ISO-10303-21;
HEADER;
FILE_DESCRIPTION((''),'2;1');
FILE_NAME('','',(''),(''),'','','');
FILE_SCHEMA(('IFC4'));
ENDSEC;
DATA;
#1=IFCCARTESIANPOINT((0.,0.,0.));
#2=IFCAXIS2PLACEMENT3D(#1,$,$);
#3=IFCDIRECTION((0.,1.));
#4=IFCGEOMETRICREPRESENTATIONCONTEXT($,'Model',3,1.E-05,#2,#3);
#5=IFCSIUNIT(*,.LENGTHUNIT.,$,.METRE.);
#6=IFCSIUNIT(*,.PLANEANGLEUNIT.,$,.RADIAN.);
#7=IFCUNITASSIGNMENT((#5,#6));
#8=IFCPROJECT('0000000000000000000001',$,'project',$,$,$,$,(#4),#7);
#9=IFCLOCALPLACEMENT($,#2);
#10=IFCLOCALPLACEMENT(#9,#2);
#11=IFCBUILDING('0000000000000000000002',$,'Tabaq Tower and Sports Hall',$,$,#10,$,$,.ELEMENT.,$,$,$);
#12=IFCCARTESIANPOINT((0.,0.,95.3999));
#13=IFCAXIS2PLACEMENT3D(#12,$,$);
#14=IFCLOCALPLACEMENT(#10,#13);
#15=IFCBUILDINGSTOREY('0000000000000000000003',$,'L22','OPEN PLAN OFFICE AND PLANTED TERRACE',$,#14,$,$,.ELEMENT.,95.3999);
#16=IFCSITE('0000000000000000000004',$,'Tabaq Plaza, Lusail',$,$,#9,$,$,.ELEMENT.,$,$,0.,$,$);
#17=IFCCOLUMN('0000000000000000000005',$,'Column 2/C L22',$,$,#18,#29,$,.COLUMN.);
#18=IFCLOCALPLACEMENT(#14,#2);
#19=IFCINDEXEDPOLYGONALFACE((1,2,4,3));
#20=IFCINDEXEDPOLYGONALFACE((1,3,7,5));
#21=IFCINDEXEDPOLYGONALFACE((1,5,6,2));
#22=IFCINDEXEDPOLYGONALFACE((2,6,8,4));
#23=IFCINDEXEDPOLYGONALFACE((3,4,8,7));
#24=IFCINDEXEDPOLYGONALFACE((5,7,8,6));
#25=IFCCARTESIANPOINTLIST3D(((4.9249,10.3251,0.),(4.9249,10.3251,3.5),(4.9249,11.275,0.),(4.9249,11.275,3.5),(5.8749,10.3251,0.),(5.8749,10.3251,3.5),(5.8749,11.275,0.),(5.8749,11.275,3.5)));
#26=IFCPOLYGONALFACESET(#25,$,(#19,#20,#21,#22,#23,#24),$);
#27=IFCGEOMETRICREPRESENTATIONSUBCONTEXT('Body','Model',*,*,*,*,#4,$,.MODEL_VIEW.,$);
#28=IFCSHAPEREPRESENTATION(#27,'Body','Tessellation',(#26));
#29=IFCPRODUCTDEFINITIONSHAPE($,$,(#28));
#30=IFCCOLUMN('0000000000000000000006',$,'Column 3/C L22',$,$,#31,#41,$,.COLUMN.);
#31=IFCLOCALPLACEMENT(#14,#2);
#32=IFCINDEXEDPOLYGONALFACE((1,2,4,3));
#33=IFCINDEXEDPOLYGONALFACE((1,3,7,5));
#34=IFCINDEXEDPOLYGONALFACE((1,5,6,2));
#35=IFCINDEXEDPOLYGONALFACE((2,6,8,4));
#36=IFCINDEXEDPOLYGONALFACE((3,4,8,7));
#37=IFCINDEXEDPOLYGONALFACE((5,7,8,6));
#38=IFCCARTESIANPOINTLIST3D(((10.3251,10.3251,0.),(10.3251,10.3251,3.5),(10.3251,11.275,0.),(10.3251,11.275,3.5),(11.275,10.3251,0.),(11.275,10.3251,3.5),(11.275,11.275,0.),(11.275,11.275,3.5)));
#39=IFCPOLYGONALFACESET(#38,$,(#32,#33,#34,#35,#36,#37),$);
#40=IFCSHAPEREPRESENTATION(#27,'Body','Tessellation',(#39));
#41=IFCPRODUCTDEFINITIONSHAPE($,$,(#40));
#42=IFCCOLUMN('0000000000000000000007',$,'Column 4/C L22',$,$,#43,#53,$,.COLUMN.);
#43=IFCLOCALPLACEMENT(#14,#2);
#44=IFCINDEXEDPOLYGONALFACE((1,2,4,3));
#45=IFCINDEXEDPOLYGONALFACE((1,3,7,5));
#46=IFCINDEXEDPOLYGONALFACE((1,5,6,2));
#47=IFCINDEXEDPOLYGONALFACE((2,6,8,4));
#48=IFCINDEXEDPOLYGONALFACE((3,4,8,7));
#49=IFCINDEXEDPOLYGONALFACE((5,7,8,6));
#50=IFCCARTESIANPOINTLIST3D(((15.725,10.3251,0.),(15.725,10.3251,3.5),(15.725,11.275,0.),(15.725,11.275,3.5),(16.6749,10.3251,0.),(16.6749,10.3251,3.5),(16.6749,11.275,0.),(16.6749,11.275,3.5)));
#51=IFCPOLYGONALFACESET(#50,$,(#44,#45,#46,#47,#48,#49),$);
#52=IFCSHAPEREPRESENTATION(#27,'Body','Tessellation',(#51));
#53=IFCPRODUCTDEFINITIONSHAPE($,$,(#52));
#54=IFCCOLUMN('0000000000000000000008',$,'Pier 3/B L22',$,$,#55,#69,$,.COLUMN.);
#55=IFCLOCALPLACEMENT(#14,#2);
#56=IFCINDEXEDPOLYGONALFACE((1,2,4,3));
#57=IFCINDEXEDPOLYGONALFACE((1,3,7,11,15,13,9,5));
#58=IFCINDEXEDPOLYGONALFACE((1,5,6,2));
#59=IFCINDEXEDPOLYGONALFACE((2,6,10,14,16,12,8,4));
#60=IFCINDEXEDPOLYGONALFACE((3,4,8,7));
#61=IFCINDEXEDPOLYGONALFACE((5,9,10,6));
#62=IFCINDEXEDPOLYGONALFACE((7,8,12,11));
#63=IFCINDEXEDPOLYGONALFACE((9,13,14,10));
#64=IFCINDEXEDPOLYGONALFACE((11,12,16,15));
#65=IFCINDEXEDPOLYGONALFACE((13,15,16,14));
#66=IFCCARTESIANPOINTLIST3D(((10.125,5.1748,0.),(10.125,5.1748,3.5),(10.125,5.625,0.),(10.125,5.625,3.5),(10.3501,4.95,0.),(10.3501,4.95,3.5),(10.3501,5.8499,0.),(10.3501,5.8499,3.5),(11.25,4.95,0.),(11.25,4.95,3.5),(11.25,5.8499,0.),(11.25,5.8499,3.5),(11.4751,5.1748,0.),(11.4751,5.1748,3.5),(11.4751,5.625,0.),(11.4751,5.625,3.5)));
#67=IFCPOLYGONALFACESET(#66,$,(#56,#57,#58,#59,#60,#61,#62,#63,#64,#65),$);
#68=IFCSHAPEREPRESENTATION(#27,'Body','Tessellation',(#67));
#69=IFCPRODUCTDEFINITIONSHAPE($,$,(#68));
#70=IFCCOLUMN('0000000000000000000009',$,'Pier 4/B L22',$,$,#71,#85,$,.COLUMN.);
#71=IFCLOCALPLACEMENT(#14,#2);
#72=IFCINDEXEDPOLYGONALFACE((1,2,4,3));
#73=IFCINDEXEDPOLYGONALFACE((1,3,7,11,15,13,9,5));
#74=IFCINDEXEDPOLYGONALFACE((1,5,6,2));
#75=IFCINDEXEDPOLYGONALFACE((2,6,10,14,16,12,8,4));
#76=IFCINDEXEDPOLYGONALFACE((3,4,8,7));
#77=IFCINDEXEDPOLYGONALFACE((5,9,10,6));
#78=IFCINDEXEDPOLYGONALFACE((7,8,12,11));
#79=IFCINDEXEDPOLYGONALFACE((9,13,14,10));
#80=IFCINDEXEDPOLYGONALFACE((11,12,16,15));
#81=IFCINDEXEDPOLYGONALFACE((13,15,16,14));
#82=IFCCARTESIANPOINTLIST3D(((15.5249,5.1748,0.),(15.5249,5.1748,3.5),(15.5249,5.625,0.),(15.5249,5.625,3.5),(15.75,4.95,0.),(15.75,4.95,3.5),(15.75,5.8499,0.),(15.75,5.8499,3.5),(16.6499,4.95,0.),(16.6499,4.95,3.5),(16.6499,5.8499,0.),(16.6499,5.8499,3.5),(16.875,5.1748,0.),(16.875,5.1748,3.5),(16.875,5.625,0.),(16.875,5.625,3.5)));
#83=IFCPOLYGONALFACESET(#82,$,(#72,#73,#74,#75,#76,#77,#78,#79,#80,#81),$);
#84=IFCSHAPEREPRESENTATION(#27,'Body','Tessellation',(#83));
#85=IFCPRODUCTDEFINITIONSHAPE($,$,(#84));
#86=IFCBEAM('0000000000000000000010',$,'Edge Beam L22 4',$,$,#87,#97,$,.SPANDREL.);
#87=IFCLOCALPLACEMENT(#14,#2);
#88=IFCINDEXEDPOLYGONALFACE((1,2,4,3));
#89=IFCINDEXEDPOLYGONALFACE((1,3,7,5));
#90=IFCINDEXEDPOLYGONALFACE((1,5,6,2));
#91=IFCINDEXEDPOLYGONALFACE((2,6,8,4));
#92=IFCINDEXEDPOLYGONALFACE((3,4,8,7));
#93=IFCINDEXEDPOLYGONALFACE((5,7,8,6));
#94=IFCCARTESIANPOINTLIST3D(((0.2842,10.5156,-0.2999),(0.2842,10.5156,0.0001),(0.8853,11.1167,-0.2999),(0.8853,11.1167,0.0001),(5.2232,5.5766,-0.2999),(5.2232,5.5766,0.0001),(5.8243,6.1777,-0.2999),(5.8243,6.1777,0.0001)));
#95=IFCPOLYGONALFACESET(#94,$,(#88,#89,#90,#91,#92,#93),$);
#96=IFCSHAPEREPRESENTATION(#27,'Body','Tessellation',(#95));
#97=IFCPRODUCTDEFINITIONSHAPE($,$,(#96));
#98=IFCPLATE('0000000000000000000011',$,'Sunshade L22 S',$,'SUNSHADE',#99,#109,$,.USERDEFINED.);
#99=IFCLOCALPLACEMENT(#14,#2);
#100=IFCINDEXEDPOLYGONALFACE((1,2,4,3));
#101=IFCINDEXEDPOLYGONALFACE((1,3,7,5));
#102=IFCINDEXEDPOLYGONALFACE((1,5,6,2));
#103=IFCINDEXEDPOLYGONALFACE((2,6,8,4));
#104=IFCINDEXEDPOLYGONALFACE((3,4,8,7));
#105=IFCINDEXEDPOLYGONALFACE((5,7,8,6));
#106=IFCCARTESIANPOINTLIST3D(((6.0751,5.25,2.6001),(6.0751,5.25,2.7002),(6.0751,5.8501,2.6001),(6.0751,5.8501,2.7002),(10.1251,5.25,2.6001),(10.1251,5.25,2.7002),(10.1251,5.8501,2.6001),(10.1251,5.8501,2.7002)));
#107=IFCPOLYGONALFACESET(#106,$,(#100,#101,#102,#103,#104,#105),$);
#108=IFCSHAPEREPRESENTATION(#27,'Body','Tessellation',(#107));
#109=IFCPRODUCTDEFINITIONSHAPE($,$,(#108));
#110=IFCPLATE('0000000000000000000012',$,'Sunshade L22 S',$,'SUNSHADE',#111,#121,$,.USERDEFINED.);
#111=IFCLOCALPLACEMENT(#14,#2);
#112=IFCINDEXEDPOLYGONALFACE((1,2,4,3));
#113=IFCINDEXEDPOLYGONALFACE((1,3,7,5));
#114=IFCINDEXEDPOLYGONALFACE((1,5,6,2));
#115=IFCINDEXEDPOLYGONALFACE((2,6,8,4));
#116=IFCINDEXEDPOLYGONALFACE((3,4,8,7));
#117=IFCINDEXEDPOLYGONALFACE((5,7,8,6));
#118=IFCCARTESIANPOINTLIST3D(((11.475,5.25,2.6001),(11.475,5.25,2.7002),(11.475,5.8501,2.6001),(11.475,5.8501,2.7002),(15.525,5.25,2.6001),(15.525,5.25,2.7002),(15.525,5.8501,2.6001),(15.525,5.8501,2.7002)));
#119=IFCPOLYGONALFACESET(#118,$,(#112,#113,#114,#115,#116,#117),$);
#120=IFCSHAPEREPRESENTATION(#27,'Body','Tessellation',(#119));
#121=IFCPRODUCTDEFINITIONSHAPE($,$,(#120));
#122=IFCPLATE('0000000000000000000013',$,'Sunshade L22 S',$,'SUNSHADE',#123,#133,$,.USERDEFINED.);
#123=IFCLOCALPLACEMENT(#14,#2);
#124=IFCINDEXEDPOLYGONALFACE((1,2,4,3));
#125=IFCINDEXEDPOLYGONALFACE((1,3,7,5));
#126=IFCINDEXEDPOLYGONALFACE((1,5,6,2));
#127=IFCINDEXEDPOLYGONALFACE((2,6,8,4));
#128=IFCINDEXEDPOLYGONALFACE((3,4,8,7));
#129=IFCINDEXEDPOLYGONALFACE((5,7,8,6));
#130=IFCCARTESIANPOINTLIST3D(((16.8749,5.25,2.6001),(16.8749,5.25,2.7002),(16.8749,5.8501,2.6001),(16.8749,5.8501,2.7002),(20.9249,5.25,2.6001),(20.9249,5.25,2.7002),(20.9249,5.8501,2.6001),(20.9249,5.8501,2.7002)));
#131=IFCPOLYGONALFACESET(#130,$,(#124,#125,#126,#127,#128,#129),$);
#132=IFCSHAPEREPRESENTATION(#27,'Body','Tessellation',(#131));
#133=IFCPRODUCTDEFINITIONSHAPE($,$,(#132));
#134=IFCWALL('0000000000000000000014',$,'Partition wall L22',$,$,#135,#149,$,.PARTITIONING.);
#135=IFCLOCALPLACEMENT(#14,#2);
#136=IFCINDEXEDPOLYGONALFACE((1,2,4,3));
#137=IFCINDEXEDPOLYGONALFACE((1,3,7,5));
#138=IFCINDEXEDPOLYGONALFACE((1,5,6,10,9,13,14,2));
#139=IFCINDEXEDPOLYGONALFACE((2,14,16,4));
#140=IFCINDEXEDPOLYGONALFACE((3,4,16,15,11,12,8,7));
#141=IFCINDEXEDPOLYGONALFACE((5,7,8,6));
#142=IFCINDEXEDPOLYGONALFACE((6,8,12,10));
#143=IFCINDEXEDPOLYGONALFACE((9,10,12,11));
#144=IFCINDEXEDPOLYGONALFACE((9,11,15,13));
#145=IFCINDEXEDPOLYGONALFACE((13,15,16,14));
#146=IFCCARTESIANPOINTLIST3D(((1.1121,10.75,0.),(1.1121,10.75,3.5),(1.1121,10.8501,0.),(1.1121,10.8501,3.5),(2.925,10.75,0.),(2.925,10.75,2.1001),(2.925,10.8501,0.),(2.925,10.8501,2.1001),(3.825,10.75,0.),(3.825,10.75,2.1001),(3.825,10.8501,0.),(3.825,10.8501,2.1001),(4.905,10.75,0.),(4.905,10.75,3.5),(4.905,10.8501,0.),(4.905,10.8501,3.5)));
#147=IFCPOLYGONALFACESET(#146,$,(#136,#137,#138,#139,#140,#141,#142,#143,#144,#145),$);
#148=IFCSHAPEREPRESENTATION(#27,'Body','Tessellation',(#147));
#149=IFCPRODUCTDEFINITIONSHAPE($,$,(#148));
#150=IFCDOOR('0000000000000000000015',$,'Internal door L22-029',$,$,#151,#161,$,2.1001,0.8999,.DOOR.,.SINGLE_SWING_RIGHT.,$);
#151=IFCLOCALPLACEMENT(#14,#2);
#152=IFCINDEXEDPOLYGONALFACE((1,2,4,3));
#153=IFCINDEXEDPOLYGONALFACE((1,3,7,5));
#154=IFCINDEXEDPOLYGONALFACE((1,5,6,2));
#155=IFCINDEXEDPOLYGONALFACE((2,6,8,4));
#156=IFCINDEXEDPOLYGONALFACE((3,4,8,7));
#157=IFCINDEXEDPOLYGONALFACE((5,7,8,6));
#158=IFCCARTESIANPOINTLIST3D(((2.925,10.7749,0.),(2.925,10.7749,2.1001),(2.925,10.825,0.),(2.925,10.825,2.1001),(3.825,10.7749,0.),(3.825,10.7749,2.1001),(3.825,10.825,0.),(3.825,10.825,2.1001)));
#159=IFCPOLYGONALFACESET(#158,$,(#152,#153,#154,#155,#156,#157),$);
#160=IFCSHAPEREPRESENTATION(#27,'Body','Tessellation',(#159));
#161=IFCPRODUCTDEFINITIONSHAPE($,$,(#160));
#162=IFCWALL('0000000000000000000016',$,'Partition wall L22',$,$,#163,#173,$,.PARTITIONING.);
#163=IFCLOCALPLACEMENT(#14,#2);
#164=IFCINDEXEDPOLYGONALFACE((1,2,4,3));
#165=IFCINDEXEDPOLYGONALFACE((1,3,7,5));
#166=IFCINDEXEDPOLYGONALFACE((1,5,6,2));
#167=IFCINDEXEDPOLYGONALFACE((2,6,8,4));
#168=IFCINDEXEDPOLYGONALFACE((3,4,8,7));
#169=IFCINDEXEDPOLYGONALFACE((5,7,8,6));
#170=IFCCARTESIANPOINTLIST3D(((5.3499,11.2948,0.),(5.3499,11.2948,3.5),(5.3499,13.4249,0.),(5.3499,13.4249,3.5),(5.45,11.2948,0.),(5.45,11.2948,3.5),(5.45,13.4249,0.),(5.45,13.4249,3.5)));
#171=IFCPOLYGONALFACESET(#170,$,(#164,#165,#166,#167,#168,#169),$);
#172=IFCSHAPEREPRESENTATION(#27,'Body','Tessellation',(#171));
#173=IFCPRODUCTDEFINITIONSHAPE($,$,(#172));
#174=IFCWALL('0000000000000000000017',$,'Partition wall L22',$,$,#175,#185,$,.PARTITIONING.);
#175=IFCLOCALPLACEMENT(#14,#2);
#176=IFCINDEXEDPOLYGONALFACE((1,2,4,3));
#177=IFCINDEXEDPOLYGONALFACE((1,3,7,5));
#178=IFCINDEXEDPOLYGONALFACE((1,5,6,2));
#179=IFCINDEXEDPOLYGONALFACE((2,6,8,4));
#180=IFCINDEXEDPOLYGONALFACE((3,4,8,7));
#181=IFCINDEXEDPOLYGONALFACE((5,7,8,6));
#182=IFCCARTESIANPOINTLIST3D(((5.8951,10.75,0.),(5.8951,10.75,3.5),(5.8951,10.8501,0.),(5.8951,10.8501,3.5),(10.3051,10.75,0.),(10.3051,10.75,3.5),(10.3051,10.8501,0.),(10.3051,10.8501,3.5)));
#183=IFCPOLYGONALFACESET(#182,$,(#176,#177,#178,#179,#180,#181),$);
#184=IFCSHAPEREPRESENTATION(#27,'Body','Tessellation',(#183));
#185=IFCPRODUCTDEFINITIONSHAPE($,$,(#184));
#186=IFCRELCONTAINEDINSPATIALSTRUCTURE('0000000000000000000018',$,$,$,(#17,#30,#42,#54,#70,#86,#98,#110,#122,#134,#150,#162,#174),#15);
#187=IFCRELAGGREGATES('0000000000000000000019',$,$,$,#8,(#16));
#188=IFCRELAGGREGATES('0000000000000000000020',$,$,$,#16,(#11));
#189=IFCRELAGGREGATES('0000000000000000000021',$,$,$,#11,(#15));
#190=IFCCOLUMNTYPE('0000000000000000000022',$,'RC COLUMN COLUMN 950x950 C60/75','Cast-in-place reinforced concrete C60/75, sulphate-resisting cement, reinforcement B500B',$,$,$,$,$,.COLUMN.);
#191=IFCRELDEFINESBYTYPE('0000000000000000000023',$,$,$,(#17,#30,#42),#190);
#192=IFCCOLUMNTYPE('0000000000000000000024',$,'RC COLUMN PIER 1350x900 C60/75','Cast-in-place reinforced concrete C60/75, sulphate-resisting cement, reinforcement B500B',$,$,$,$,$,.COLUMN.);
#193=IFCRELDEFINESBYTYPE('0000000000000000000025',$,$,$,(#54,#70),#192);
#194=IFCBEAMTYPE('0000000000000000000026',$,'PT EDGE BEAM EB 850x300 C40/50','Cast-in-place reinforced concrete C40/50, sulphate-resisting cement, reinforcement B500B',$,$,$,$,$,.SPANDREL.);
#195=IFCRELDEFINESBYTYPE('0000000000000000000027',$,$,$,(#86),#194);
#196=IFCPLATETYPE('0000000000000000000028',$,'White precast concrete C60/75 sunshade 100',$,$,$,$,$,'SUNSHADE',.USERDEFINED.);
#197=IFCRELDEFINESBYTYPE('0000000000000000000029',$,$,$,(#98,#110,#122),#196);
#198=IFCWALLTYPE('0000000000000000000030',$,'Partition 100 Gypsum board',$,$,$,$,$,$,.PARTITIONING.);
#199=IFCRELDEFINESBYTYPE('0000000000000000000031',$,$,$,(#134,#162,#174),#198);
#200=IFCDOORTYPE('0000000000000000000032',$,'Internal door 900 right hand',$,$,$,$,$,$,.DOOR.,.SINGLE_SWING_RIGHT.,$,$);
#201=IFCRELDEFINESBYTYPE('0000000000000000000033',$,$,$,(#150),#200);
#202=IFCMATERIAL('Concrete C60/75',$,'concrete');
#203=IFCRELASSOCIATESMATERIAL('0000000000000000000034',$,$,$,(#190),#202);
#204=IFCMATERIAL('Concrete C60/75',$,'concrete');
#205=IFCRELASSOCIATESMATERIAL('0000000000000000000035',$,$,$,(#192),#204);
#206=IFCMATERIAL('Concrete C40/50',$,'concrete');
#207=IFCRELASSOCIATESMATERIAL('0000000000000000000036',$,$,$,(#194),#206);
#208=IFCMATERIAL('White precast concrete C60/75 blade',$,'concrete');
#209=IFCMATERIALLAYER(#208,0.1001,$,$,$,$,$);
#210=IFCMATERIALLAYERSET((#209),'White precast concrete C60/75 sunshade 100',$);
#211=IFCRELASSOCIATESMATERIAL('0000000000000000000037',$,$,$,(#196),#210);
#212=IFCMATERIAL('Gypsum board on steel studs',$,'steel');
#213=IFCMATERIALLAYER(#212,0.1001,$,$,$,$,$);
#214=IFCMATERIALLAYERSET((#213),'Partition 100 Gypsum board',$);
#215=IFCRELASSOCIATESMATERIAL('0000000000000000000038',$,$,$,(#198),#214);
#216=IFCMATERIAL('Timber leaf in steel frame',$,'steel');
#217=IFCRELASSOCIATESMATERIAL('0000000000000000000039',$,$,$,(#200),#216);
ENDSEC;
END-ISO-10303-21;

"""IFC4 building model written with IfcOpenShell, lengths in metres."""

from ifc_helpers import new_model, si_unit, direction, frame, frame_2d, origin, origin_2d, place, context, subcontext, project, spatial, polyline, rectangle, outline, extrude, material, layer, layer_set, material_profile, profile_set, type_object, element, fill, save


model = new_model("IFC4")

# Units and contexts
model_context = context("Model", 3, precision=1e-05, world=origin(), true_north=direction((0.0, 1.0)))
body_context = subcontext(model_context, "Body", "Model", "MODEL_VIEW")
ifc_project = project(units=[si_unit("LENGTHUNIT", "METRE"), si_unit("PLANEANGLEUNIT", "RADIAN")], contexts=[model_context])

# Site, building, storey
site_placement = place(None, origin())
site = spatial("IfcSite", under=ifc_project, at=site_placement, Name="Tabaq Plaza, Lusail", CompositionType="ELEMENT", RefElevation=0.0)
building_placement = place(site_placement, origin())
building = spatial("IfcBuilding", under=site, at=building_placement, Name="Tabaq Tower and Sports Hall", CompositionType="ELEMENT")
storey_placement = place(building_placement, frame((0.0, 0.0, 95.3999)))
storey = spatial("IfcBuildingStorey", under=building, at=storey_placement, Name="L22", Description="OPEN PLAN OFFICE AND PLANTED TERRACE", CompositionType="ELEMENT", Elevation=95.3999)

# Columns
ifc_material_1 = material(Name="Concrete C60/75", Category="concrete")
ifc_material_profile_1 = material_profile(ifc_material_1, rectangle(XDim=0.95, YDim=0.95, at=origin_2d()), Name="COLUMN 950x950")
ifc_profile_set_1 = profile_set([ifc_material_profile_1], Name="Concrete C60/75")
column_type_1 = type_object("IfcColumnType", Name="RC COLUMN COLUMN 950x950 C60/75", Description="Cast-in-place reinforced concrete C60/75, sulphate-resisting cement, reinforcement B500B", PredefinedType="COLUMN", material=ifc_profile_set_1)
for number, where, z_axis, x_axis, name in (
    (1, (5.3999, 10.8, 0.0), (0.0, 0.0, 1.0), (1.0, 0.0, 0.0), "Column 2/C L22"),
    (2, (10.8, 10.8, 0.0), (0.0, 0.0, 1.0), (1.0, 0.0, 0.0), "Column 3/C L22"),
    (3, (16.2, 10.8, 0.0), (0.0, 0.0, 1.0), (1.0, 0.0, 0.0), "Column 4/C L22"),
):
    element("IfcColumn", number, at=place(storey_placement, frame(where, z_axis=z_axis, x_axis=x_axis)), inside=storey, type_object=column_type_1, Name=name, PredefinedType="COLUMN", context=body_context, shape_type="SweptSolid", body=[
        extrude(rectangle(XDim=0.95, YDim=0.95, at=origin_2d()), origin(), (0.0, 0.0, 1.0), 3.5),
    ])
ifc_material_2 = material(Name="Concrete C60/75", Category="concrete")
ifc_material_profile_2 = material_profile(ifc_material_2, outline(polyline([(-0.45, -0.45), (0.45, -0.45), (0.675, -0.2251), (0.675, 0.2251), (0.45, 0.45), (-0.45, 0.45), (-0.675, 0.2251), (-0.675, -0.2251), (-0.45, -0.45)])), Name="PIER 1350x900")
ifc_profile_set_2 = profile_set([ifc_material_profile_2], Name="Concrete C60/75")
column_type_2 = type_object("IfcColumnType", Name="RC COLUMN PIER 1350x900 C60/75", Description="Cast-in-place reinforced concrete C60/75, sulphate-resisting cement, reinforcement B500B", PredefinedType="COLUMN", material=ifc_profile_set_2)
for number, where, z_axis, x_axis, name in (
    (4, (10.8, 5.3999, 0.0), (0.0, 0.0, 1.0), (1.0, 0.0, 0.0), "Pier 3/B L22"),
    (5, (16.2, 5.3999, 0.0), (0.0, 0.0, 1.0), (1.0, 0.0, 0.0), "Pier 4/B L22"),
):
    element("IfcColumn", number, at=place(storey_placement, frame(where, z_axis=z_axis, x_axis=x_axis)), inside=storey, type_object=column_type_2, Name=name, PredefinedType="COLUMN", context=body_context, shape_type="SweptSolid", body=[
        extrude(outline(polyline([(-0.45, -0.45), (0.45, -0.45), (0.675, -0.2251), (0.675, 0.2251), (0.45, 0.45), (-0.45, 0.45), (-0.675, 0.2251), (-0.675, -0.2251), (-0.45, -0.45)])), origin(), (0.0, 0.0, 1.0), 3.5),
    ])

# Beam
ifc_material_3 = material(Name="Concrete C40/50", Category="concrete")
ifc_material_profile_3 = material_profile(ifc_material_3, rectangle(XDim=0.8501, YDim=0.3, at=origin_2d()), Name="EB 850x300")
ifc_profile_set_3 = profile_set([ifc_material_profile_3], Name="Concrete C40/50")
beam_type = type_object("IfcBeamType", Name="PT EDGE BEAM EB 850x300 C40/50", Description="Cast-in-place reinforced concrete C40/50, sulphate-resisting cement, reinforcement B500B", PredefinedType="SPANDREL", material=ifc_profile_set_3)
beam_placement = place(storey_placement, frame((0.5847, 10.8162, -0.1499), z_axis=(0.707107, -0.707107, 0.0), x_axis=(0.707107, 0.707107, 0.0)))
element("IfcBeam", 6, at=beam_placement, inside=storey, type_object=beam_type, Name="Edge Beam L22 4", PredefinedType="SPANDREL", context=body_context, shape_type="SweptSolid", body=[
    extrude(rectangle(XDim=0.8501, YDim=0.3, at=origin_2d()), origin(), (0.0, 0.0, 1.0), 6.9849),
])

# Plates
ifc_material_4 = material(Name="White precast concrete C60/75 blade", Category="concrete")
ifc_layer_1 = layer(ifc_material_4, 0.1001)
ifc_layer_set_1 = layer_set([ifc_layer_1], Name="White precast concrete C60/75 sunshade 100")
plate_type = type_object("IfcPlateType", Name="White precast concrete C60/75 sunshade 100", ElementType="SUNSHADE", PredefinedType="USERDEFINED", material=ifc_layer_set_1)
for number, where, z_axis, x_axis, name in (
    (7, (8.1001, 5.55, 2.6001), (0.0, 0.0, 1.0), (1.0, 0.0, 0.0), "Sunshade L22 S"),
    (8, (13.5, 5.55, 2.6001), (0.0, 0.0, 1.0), (1.0, 0.0, 0.0), "Sunshade L22 S"),
    (9, (18.8999, 5.55, 2.6001), (0.0, 0.0, 1.0), (1.0, 0.0, 0.0), "Sunshade L22 S"),
):
    element("IfcPlate", number, at=place(storey_placement, frame(where, z_axis=z_axis, x_axis=x_axis)), inside=storey, type_object=plate_type, Name=name, ObjectType="SUNSHADE", PredefinedType="USERDEFINED", context=body_context, shape_type="SweptSolid", body=[
        extrude(rectangle(XDim=4.05, YDim=0.6001, at=origin_2d()), origin(), (0.0, 0.0, 1.0), 0.1001),
    ])

# Wall, opening, door
ifc_material_5 = material(Name="Gypsum board on steel studs", Category="steel")
ifc_layer_2 = layer(ifc_material_5, 0.1001)
ifc_layer_set_2 = layer_set([ifc_layer_2], Name="Partition 100 Gypsum board")
wall_type_1 = type_object("IfcWallType", Name="Partition 100 Gypsum board", PredefinedType="PARTITIONING", material=ifc_layer_set_2)
wall_1_placement = place(storey_placement, frame((1.1121, 10.8, 0.0), z_axis=(0.0, 0.0, 1.0), x_axis=(1.0, 0.0, 0.0)))
wall_1 = element("IfcWall", 10, at=wall_1_placement, inside=storey, type_object=wall_type_1, Name="Partition wall L22", PredefinedType="PARTITIONING", context=body_context, shape_type="SweptSolid", body=[
    extrude(rectangle(XDim=3.793, YDim=0.1001, at=frame_2d((1.8965, 0.0))), origin(), (0.0, 0.0, 1.0), 3.5),
])
opening_1_placement = place(wall_1_placement, frame((1.813, 0.0, 0.0)))
opening_1 = element("IfcOpeningElement", 11, at=opening_1_placement, cuts=wall_1, PredefinedType="OPENING", context=body_context, shape_type="SweptSolid", body=[
    extrude(rectangle(XDim=0.8999, YDim=2.1001, at=frame_2d((0.45, 1.05))), frame((0.0, 0.05, 0.0), z_axis=(0.0, -1.0, 0.0), x_axis=(1.0, 0.0, 0.0)), (0.0, 0.0, 1.0), 0.1001),
])
ifc_material_6 = material(Name="Timber leaf in steel frame", Category="steel")
door_type_1 = type_object("IfcDoorType", Name="Internal door 900 right hand", OperationType="SINGLE_SWING_RIGHT", PredefinedType="DOOR", material=ifc_material_6)
door_1_placement = place(opening_1_placement, origin())
door_1 = element("IfcDoor", 12, at=door_1_placement, inside=storey, type_object=door_type_1, Name="Internal door L22-029", OperationType="SINGLE_SWING_RIGHT", OverallHeight=2.1001, OverallWidth=0.8999, PredefinedType="DOOR", context=body_context, shape_type="SweptSolid", body=[
    extrude(rectangle(XDim=0.8999, YDim=2.1001, at=frame_2d((0.45, 1.05))), frame((0.0, 0.0249, 0.0), z_axis=(0.0, -1.0, 0.0), x_axis=(1.0, 0.0, 0.0)), (0.0, 0.0, 1.0), 0.05),
])
fill(opening_1, door_1)

# Walls
wall_2_placement = place(storey_placement, frame((5.3999, 11.2949, 0.0), z_axis=(0.0, 0.0, 1.0), x_axis=(0.0, 1.0, 0.0)))
element("IfcWall", 13, at=wall_2_placement, inside=storey, type_object=wall_type_1, Name="Partition wall L22", PredefinedType="PARTITIONING", context=body_context, shape_type="SweptSolid", body=[
    extrude(rectangle(XDim=2.1301, YDim=0.1001, at=frame_2d((1.0649, 0.0))), origin(), (0.0, 0.0, 1.0), 3.5),
])
wall_3_placement = place(storey_placement, frame((5.895, 10.8, 0.0), z_axis=(0.0, 0.0, 1.0), x_axis=(1.0, 0.0, 0.0)))
element("IfcWall", 14, at=wall_3_placement, inside=storey, type_object=wall_type_1, Name="Partition wall L22", PredefinedType="PARTITIONING", context=body_context, shape_type="SweptSolid", body=[
    extrude(rectangle(XDim=4.4099, YDim=0.1001, at=frame_2d((2.2051, 0.0))), origin(), (0.0, 0.0, 1.0), 3.5),
])

save(model, "model.ifc")
